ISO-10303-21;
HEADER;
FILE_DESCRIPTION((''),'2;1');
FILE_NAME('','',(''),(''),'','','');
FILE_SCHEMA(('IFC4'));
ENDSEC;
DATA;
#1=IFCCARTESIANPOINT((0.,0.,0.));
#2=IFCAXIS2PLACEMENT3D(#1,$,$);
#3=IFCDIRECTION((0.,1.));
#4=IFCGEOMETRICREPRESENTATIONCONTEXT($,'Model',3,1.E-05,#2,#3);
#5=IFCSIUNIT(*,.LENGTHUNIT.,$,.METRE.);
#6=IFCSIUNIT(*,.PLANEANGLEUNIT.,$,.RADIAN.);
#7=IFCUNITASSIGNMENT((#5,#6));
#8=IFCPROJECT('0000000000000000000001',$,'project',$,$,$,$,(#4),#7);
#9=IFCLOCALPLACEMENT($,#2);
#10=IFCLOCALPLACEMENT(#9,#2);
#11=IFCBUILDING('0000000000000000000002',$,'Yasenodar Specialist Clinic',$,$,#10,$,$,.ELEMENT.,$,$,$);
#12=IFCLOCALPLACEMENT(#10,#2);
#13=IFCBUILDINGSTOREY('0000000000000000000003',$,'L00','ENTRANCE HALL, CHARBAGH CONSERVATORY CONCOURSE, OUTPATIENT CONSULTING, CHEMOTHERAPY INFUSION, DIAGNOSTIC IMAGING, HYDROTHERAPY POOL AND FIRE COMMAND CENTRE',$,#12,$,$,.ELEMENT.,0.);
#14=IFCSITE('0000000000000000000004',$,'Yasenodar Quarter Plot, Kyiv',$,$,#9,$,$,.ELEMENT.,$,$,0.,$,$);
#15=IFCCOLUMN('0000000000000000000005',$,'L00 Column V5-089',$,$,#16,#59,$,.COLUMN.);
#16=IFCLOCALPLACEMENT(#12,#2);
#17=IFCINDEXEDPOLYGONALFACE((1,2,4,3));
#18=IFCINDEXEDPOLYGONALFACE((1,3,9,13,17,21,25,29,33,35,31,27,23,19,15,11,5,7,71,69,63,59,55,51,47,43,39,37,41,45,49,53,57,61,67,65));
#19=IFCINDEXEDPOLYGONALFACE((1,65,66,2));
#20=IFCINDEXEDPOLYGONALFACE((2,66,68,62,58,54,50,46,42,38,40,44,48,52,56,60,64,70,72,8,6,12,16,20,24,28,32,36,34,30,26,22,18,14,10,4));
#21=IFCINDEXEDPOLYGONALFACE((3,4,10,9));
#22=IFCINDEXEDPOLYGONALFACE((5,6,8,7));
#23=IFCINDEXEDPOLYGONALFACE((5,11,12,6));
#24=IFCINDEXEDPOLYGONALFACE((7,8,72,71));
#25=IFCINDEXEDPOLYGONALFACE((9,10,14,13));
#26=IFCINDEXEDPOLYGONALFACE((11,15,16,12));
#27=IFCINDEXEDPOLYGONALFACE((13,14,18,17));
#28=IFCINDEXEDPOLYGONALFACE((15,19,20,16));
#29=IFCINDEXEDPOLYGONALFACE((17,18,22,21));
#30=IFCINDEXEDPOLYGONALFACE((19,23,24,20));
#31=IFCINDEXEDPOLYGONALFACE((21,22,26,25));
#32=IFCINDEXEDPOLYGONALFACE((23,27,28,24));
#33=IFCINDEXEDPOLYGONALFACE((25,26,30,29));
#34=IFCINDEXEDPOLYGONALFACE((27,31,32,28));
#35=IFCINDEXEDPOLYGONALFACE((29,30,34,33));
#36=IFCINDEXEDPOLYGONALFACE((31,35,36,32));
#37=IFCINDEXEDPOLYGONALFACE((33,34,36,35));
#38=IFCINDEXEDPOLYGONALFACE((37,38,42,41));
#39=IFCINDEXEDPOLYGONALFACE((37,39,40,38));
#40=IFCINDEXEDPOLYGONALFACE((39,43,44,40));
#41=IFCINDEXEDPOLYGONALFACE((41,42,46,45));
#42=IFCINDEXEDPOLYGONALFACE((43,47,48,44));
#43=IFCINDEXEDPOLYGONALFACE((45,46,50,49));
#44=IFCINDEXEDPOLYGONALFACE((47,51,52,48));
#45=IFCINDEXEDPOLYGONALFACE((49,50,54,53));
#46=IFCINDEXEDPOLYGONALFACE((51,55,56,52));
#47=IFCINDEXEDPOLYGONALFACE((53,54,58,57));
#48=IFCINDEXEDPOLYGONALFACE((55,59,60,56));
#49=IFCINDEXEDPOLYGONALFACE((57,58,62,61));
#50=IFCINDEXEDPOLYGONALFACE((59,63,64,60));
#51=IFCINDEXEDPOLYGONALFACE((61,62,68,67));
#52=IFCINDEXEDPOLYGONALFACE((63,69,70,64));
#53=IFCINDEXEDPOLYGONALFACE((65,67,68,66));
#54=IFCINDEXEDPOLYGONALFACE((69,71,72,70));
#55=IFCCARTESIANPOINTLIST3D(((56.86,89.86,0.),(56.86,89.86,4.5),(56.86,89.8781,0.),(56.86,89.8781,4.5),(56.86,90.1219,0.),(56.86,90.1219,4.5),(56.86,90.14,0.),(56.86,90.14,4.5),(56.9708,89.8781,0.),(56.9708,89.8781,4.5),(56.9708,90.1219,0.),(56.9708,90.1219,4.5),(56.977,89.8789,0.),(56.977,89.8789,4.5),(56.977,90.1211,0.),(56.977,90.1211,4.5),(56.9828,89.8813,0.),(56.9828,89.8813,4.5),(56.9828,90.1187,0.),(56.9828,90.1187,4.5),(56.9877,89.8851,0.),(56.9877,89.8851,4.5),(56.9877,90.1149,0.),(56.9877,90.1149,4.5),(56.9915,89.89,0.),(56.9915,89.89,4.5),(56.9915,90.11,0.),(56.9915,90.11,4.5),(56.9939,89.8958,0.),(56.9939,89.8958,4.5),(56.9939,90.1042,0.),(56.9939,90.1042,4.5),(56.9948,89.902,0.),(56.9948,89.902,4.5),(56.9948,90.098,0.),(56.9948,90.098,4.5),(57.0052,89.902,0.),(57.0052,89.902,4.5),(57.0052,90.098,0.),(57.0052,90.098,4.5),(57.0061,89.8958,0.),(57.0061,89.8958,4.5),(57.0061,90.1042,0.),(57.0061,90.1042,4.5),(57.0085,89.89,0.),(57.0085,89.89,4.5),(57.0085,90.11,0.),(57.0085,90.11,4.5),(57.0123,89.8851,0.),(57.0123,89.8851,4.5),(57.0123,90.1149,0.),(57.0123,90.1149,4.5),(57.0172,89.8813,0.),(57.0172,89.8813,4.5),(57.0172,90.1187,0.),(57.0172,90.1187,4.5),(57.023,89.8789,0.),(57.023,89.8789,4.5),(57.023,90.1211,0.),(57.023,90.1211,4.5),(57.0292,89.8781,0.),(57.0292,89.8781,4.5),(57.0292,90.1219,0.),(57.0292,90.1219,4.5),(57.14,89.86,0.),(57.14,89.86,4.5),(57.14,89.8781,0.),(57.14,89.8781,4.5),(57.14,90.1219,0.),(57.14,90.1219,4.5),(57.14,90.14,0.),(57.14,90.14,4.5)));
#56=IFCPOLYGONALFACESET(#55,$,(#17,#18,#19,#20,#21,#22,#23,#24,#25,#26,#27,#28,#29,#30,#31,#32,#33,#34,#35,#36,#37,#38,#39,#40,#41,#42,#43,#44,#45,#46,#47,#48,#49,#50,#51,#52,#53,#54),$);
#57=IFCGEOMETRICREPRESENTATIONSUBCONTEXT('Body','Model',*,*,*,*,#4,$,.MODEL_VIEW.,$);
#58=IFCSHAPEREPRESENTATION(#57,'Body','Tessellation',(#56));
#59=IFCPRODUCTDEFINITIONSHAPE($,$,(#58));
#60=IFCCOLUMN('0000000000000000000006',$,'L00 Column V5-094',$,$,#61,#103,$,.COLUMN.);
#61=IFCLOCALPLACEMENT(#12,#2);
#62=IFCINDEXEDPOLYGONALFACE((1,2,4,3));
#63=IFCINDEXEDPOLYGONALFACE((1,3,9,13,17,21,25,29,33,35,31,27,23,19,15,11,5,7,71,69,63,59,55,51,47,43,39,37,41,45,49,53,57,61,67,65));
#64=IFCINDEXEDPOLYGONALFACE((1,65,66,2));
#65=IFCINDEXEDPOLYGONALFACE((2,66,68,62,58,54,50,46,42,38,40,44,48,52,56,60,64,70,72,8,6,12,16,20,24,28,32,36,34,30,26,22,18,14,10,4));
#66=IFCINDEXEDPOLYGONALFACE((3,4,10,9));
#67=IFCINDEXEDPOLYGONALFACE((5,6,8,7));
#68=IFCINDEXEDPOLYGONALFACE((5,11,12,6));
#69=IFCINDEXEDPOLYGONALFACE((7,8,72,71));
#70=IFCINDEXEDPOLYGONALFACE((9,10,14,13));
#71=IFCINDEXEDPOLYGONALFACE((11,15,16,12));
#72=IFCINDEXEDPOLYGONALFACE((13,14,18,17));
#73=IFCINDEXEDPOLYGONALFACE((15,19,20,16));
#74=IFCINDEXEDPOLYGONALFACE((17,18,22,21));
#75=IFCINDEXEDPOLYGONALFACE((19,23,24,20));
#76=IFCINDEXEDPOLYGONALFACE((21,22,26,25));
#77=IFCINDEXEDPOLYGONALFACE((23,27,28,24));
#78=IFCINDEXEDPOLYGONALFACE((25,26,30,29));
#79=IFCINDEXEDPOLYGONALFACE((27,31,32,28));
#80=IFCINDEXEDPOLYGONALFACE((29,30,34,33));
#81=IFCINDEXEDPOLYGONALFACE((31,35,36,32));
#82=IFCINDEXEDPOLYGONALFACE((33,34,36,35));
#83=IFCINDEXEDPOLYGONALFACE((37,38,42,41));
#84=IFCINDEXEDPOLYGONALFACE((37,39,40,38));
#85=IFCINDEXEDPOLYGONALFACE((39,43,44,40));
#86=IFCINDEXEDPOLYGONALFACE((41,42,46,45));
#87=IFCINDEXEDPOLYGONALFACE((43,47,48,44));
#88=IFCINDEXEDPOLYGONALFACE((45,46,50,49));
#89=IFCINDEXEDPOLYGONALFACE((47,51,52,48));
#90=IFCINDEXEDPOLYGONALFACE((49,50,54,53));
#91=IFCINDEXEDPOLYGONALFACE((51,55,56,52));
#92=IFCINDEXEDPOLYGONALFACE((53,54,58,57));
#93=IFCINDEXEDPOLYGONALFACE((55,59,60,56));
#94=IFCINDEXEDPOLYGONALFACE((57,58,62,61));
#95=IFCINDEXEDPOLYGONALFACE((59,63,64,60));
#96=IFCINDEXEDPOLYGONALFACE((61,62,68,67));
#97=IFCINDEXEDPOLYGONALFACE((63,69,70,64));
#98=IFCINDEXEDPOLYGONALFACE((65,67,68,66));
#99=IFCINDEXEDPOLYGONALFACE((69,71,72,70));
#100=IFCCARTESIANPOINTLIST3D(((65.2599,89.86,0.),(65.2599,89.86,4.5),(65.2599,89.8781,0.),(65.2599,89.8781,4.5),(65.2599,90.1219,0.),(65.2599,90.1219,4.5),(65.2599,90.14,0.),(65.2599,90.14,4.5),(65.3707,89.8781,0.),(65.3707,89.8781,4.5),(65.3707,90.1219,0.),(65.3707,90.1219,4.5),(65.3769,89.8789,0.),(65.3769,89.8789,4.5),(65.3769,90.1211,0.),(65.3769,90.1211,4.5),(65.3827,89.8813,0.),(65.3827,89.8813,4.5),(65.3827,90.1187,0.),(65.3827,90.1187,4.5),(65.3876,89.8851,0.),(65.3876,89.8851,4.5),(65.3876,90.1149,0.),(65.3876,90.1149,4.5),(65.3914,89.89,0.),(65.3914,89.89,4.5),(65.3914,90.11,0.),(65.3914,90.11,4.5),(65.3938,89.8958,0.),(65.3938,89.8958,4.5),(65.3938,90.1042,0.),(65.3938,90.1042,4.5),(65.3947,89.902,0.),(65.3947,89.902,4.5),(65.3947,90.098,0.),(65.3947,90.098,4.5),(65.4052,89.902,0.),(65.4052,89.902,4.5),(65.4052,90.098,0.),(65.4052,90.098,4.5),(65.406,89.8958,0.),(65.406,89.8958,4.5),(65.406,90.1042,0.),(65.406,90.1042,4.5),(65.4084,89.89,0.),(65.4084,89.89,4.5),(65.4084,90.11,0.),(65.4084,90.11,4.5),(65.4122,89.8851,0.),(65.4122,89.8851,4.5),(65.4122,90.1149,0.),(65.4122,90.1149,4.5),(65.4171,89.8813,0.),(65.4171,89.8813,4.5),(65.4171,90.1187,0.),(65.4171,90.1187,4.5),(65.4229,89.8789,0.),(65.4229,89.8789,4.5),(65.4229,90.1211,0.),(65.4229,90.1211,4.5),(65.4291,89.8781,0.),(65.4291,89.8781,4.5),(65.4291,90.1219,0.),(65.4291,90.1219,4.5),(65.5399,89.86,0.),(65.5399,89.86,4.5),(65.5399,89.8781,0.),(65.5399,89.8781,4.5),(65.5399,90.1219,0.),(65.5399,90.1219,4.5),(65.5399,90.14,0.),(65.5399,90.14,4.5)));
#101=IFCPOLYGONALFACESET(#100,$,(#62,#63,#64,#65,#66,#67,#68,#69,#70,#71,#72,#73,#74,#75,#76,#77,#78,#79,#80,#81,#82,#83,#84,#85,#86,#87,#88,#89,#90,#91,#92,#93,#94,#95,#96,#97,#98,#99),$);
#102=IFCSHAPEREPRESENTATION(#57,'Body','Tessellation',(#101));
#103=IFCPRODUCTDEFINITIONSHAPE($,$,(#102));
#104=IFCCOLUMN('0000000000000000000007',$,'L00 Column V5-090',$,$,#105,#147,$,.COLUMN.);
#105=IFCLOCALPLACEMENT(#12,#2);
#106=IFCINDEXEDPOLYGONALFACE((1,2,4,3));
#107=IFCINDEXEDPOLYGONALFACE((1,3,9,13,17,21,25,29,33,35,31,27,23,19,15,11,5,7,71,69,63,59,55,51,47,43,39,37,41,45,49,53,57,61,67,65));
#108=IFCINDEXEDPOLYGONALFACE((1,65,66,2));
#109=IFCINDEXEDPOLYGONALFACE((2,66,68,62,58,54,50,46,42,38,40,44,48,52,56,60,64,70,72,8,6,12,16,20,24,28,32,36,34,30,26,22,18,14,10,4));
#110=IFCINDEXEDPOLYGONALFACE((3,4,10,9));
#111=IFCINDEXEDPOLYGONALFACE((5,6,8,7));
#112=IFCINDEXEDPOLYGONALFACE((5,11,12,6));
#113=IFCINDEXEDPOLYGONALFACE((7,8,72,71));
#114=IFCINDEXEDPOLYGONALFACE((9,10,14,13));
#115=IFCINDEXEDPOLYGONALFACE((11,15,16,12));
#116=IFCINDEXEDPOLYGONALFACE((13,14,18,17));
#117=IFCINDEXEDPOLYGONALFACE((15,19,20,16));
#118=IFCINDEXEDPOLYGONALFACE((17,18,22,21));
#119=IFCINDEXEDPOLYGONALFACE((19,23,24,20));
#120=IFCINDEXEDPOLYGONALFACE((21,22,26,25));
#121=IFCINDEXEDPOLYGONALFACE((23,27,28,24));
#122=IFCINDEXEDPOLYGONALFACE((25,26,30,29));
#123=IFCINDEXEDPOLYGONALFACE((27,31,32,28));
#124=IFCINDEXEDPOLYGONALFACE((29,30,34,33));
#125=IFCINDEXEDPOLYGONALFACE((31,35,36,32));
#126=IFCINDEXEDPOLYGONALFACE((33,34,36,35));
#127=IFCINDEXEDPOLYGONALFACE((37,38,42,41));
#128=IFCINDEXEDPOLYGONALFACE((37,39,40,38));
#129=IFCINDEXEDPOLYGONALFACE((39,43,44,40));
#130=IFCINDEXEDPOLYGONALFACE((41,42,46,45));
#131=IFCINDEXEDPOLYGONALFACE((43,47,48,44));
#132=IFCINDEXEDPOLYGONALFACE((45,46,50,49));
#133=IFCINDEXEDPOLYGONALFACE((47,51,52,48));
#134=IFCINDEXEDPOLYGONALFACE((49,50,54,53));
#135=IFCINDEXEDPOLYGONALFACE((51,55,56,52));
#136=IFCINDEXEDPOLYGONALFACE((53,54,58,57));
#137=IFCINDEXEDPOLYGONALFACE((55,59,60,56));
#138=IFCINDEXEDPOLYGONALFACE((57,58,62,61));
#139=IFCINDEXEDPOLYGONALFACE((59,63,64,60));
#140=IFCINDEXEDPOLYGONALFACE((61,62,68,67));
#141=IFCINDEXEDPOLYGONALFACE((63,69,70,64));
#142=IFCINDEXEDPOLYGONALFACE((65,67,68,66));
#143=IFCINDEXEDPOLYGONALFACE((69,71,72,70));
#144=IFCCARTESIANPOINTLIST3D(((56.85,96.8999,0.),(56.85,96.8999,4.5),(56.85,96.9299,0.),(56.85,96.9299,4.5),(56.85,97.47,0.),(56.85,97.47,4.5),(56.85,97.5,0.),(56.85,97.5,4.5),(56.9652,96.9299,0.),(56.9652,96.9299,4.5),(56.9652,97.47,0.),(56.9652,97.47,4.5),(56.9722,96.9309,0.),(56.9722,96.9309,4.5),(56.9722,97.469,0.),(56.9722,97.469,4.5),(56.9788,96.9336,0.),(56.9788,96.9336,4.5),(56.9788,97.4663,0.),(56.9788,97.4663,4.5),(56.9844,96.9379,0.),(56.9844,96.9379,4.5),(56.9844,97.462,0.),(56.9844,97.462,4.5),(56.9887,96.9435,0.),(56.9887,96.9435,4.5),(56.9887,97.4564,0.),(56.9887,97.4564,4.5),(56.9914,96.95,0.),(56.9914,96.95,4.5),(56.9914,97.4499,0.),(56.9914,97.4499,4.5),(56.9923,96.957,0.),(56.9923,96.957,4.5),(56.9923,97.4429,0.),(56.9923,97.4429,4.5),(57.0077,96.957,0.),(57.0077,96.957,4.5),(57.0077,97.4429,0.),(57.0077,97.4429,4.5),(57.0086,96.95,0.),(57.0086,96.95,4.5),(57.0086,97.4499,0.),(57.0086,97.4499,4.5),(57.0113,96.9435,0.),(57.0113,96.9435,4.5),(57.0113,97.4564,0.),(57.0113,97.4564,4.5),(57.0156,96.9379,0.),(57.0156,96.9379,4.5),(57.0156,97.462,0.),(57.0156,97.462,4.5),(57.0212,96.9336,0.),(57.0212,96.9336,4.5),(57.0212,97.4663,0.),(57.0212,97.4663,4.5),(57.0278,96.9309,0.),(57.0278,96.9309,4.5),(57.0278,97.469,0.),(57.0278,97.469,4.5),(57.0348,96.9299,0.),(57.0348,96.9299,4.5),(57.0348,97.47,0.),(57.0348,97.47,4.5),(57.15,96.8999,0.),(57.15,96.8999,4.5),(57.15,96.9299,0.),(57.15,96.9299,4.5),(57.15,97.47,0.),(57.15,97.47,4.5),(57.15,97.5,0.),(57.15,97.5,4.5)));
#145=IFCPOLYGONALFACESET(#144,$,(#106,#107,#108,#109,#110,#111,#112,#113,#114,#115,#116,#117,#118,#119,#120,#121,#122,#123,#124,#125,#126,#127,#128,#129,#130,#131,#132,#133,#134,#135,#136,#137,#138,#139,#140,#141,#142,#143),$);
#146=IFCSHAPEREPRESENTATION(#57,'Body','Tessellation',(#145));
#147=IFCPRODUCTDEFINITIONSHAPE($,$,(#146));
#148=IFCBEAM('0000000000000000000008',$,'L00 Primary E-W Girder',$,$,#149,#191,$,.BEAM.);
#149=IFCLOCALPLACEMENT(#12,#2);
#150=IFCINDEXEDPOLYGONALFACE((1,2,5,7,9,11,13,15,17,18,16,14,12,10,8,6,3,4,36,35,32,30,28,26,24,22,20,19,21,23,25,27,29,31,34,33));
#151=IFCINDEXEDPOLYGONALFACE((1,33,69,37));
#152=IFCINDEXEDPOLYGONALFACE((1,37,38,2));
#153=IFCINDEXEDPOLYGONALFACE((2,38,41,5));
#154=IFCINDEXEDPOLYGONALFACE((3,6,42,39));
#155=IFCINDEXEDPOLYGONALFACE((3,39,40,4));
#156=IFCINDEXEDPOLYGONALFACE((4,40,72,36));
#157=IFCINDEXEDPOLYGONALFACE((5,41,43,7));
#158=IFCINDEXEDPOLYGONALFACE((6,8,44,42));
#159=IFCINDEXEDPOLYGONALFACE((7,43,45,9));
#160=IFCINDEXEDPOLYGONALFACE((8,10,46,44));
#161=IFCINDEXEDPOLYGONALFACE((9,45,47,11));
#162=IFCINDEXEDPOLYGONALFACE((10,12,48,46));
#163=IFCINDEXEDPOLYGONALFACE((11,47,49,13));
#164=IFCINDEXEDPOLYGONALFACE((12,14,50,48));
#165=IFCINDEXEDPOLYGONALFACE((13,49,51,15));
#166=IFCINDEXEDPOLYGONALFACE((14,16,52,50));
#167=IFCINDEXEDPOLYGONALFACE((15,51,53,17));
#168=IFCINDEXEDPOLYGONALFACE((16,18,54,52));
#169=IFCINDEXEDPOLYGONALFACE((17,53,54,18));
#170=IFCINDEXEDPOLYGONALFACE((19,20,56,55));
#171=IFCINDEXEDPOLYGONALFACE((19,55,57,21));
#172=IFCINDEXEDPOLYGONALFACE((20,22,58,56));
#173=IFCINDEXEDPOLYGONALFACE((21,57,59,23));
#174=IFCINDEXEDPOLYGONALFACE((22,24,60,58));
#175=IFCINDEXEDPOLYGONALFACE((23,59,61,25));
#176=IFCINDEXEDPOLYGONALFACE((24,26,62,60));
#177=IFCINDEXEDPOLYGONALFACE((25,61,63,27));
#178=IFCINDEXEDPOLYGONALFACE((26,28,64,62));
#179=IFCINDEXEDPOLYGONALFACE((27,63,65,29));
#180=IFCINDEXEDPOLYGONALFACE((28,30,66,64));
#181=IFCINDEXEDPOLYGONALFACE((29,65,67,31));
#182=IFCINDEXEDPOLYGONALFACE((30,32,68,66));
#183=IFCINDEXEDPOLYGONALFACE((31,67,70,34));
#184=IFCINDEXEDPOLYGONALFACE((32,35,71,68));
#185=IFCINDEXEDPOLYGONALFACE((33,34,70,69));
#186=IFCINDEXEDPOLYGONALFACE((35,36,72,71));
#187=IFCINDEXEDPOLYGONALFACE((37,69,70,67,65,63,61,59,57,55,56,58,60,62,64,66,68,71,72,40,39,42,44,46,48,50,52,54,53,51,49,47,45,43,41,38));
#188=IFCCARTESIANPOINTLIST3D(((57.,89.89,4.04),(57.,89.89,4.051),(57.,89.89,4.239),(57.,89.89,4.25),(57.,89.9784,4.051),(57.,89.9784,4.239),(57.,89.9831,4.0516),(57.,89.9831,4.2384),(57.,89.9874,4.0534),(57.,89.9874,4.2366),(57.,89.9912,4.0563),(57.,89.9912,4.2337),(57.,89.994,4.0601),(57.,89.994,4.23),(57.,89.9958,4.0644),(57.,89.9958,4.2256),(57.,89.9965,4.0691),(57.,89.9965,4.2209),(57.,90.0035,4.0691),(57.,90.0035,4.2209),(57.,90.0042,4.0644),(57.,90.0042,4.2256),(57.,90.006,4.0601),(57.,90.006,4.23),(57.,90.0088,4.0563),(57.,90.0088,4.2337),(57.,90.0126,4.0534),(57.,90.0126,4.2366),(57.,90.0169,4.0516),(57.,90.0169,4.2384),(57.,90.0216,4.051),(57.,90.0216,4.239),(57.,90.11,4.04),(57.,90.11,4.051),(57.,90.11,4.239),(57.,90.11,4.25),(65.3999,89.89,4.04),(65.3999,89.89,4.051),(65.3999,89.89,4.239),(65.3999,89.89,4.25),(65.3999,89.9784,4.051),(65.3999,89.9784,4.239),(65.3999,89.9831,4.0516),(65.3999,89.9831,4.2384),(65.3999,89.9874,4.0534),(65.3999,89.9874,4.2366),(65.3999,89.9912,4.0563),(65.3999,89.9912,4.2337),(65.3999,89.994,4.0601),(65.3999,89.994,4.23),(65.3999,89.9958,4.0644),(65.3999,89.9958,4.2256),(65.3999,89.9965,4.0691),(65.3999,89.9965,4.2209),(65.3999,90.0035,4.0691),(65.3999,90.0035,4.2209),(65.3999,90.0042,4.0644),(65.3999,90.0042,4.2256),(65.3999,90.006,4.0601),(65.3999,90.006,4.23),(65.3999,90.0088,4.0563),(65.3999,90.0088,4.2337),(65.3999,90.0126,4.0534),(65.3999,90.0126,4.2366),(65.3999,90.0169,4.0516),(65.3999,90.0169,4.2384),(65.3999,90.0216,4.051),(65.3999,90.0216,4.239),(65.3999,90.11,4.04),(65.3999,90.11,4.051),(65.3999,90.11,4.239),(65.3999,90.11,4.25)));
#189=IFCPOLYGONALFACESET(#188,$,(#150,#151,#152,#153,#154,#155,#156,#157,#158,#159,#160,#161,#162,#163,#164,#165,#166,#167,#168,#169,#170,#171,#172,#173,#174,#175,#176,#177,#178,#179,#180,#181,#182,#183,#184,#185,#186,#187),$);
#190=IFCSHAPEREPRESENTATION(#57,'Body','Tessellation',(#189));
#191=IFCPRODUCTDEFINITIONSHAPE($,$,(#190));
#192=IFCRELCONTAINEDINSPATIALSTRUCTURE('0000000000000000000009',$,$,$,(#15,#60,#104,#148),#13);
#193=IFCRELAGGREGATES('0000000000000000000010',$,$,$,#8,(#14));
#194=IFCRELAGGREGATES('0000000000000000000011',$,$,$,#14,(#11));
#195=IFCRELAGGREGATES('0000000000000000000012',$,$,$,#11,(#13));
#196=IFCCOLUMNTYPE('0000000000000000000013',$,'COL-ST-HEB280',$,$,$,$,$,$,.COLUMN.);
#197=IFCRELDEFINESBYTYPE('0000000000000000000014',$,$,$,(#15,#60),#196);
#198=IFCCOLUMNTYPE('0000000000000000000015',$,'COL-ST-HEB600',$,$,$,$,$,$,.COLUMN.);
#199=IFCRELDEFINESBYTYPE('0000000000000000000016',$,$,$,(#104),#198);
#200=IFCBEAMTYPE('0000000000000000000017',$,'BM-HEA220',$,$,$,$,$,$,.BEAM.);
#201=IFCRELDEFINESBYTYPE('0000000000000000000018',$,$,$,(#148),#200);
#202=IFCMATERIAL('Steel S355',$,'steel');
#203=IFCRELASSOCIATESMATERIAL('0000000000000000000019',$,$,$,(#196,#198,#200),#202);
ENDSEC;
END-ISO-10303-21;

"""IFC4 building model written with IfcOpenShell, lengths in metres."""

from ifc_helpers import new_model, si_unit, direction, frame, origin, origin_2d, place, context, subcontext, project, spatial, i_section, extrude, material, material_profile, profile_set, type_object, element, save


model = new_model("IFC4")

# Units and contexts
model_context = context("Model", 3, precision=1e-05, world=origin(), true_north=direction((0.0, 1.0)))
body_context = subcontext(model_context, "Body", "Model", "MODEL_VIEW")
ifc_project = project(units=[si_unit("LENGTHUNIT", "METRE"), si_unit("PLANEANGLEUNIT", "RADIAN")], contexts=[model_context])

# Site, building, storey
site_placement = place(None, origin())
site = spatial("IfcSite", under=ifc_project, at=site_placement, Name="Yasenodar Quarter Plot, Kyiv", CompositionType="ELEMENT", RefElevation=0.0)
building_placement = place(site_placement, origin())
building = spatial("IfcBuilding", under=site, at=building_placement, Name="Yasenodar Specialist Clinic", CompositionType="ELEMENT")
storey_placement = place(building_placement, origin())
storey = spatial("IfcBuildingStorey", under=building, at=storey_placement, Name="L00", Description="ENTRANCE HALL, CHARBAGH CONSERVATORY CONCOURSE, OUTPATIENT CONSULTING, CHEMOTHERAPY INFUSION, DIAGNOSTIC IMAGING, HYDROTHERAPY POOL AND FIRE COMMAND CENTRE", CompositionType="ELEMENT", Elevation=0.0)

# Columns
ifc_material_1 = material(Name="Steel S355", Category="steel")
ifc_material_profile_1 = material_profile(ifc_material_1, i_section(OverallWidth=0.28, OverallDepth=0.28, WebThickness=0.0105, FlangeThickness=0.0181, FilletRadius=0.0239, at=origin_2d()), Name="HEB 280")
ifc_profile_set_1 = profile_set([ifc_material_profile_1], Name="Steel S355")
column_type_1 = type_object("IfcColumnType", Name="COL-ST-HEB280", PredefinedType="COLUMN", material=ifc_profile_set_1)
for number, where, z_axis, x_axis, name in (
    (1, (57.0, 90.0, 0.0), (0.0, 0.0, 1.0), (1.0, 0.0, 0.0), "L00 Column V5-089"),
    (2, (65.3999, 90.0, 0.0), (0.0, 0.0, 1.0), (1.0, 0.0, 0.0), "L00 Column V5-094"),
):
    element("IfcColumn", number, at=place(storey_placement, frame(where, z_axis=z_axis, x_axis=x_axis)), inside=storey, type_object=column_type_1, Name=name, PredefinedType="COLUMN", context=body_context, shape_type="SweptSolid", body=[
        extrude(i_section(OverallWidth=0.28, OverallDepth=0.28, WebThickness=0.0105, FlangeThickness=0.0181, FilletRadius=0.0239, at=origin_2d()), origin(), (0.0, 0.0, 1.0), 4.5),
    ])
ifc_material_profile_2 = material_profile(ifc_material_1, i_section(OverallWidth=0.3, OverallDepth=0.6001, WebThickness=0.0154, FlangeThickness=0.03, FilletRadius=0.0271, at=origin_2d()), Name="HEB 600")
ifc_profile_set_2 = profile_set([ifc_material_profile_2], Name="Steel S355")
column_type_2 = type_object("IfcColumnType", Name="COL-ST-HEB600", PredefinedType="COLUMN", material=ifc_profile_set_2)
column_placement = place(storey_placement, frame((57.0, 97.2, 0.0), z_axis=(0.0, 0.0, 1.0), x_axis=(1.0, 0.0, 0.0)))
element("IfcColumn", 3, at=column_placement, inside=storey, type_object=column_type_2, Name="L00 Column V5-090", PredefinedType="COLUMN", context=body_context, shape_type="SweptSolid", body=[
    extrude(i_section(OverallWidth=0.3, OverallDepth=0.6001, WebThickness=0.0154, FlangeThickness=0.03, FilletRadius=0.0271, at=origin_2d()), origin(), (0.0, 0.0, 1.0), 4.5),
])

# Beam
ifc_material_profile_3 = material_profile(ifc_material_1, i_section(OverallWidth=0.22, OverallDepth=0.21, WebThickness=0.0071, FlangeThickness=0.011, FilletRadius=0.0181, at=origin_2d()), Name="HEA 220")
ifc_profile_set_3 = profile_set([ifc_material_profile_3], Name="Steel S355")
beam_type_1 = type_object("IfcBeamType", Name="BM-HEA220", PredefinedType="BEAM", material=ifc_profile_set_3)
beam_1_placement = place(storey_placement, frame((57.0, 90.0, 4.145), z_axis=(1.0, 0.0, 0.0), x_axis=(0.0, 1.0, 0.0)))
element("IfcBeam", 4, at=beam_1_placement, inside=storey, type_object=beam_type_1, Name="L00 Primary E-W Girder", PredefinedType="BEAM", context=body_context, shape_type="SweptSolid", body=[
    extrude(i_section(OverallWidth=0.22, OverallDepth=0.21, WebThickness=0.0071, FlangeThickness=0.011, FilletRadius=0.0181, at=origin_2d()), origin(), (0.0, 0.0, 1.0), 8.3999),
])

save(model, "model.ifc")
